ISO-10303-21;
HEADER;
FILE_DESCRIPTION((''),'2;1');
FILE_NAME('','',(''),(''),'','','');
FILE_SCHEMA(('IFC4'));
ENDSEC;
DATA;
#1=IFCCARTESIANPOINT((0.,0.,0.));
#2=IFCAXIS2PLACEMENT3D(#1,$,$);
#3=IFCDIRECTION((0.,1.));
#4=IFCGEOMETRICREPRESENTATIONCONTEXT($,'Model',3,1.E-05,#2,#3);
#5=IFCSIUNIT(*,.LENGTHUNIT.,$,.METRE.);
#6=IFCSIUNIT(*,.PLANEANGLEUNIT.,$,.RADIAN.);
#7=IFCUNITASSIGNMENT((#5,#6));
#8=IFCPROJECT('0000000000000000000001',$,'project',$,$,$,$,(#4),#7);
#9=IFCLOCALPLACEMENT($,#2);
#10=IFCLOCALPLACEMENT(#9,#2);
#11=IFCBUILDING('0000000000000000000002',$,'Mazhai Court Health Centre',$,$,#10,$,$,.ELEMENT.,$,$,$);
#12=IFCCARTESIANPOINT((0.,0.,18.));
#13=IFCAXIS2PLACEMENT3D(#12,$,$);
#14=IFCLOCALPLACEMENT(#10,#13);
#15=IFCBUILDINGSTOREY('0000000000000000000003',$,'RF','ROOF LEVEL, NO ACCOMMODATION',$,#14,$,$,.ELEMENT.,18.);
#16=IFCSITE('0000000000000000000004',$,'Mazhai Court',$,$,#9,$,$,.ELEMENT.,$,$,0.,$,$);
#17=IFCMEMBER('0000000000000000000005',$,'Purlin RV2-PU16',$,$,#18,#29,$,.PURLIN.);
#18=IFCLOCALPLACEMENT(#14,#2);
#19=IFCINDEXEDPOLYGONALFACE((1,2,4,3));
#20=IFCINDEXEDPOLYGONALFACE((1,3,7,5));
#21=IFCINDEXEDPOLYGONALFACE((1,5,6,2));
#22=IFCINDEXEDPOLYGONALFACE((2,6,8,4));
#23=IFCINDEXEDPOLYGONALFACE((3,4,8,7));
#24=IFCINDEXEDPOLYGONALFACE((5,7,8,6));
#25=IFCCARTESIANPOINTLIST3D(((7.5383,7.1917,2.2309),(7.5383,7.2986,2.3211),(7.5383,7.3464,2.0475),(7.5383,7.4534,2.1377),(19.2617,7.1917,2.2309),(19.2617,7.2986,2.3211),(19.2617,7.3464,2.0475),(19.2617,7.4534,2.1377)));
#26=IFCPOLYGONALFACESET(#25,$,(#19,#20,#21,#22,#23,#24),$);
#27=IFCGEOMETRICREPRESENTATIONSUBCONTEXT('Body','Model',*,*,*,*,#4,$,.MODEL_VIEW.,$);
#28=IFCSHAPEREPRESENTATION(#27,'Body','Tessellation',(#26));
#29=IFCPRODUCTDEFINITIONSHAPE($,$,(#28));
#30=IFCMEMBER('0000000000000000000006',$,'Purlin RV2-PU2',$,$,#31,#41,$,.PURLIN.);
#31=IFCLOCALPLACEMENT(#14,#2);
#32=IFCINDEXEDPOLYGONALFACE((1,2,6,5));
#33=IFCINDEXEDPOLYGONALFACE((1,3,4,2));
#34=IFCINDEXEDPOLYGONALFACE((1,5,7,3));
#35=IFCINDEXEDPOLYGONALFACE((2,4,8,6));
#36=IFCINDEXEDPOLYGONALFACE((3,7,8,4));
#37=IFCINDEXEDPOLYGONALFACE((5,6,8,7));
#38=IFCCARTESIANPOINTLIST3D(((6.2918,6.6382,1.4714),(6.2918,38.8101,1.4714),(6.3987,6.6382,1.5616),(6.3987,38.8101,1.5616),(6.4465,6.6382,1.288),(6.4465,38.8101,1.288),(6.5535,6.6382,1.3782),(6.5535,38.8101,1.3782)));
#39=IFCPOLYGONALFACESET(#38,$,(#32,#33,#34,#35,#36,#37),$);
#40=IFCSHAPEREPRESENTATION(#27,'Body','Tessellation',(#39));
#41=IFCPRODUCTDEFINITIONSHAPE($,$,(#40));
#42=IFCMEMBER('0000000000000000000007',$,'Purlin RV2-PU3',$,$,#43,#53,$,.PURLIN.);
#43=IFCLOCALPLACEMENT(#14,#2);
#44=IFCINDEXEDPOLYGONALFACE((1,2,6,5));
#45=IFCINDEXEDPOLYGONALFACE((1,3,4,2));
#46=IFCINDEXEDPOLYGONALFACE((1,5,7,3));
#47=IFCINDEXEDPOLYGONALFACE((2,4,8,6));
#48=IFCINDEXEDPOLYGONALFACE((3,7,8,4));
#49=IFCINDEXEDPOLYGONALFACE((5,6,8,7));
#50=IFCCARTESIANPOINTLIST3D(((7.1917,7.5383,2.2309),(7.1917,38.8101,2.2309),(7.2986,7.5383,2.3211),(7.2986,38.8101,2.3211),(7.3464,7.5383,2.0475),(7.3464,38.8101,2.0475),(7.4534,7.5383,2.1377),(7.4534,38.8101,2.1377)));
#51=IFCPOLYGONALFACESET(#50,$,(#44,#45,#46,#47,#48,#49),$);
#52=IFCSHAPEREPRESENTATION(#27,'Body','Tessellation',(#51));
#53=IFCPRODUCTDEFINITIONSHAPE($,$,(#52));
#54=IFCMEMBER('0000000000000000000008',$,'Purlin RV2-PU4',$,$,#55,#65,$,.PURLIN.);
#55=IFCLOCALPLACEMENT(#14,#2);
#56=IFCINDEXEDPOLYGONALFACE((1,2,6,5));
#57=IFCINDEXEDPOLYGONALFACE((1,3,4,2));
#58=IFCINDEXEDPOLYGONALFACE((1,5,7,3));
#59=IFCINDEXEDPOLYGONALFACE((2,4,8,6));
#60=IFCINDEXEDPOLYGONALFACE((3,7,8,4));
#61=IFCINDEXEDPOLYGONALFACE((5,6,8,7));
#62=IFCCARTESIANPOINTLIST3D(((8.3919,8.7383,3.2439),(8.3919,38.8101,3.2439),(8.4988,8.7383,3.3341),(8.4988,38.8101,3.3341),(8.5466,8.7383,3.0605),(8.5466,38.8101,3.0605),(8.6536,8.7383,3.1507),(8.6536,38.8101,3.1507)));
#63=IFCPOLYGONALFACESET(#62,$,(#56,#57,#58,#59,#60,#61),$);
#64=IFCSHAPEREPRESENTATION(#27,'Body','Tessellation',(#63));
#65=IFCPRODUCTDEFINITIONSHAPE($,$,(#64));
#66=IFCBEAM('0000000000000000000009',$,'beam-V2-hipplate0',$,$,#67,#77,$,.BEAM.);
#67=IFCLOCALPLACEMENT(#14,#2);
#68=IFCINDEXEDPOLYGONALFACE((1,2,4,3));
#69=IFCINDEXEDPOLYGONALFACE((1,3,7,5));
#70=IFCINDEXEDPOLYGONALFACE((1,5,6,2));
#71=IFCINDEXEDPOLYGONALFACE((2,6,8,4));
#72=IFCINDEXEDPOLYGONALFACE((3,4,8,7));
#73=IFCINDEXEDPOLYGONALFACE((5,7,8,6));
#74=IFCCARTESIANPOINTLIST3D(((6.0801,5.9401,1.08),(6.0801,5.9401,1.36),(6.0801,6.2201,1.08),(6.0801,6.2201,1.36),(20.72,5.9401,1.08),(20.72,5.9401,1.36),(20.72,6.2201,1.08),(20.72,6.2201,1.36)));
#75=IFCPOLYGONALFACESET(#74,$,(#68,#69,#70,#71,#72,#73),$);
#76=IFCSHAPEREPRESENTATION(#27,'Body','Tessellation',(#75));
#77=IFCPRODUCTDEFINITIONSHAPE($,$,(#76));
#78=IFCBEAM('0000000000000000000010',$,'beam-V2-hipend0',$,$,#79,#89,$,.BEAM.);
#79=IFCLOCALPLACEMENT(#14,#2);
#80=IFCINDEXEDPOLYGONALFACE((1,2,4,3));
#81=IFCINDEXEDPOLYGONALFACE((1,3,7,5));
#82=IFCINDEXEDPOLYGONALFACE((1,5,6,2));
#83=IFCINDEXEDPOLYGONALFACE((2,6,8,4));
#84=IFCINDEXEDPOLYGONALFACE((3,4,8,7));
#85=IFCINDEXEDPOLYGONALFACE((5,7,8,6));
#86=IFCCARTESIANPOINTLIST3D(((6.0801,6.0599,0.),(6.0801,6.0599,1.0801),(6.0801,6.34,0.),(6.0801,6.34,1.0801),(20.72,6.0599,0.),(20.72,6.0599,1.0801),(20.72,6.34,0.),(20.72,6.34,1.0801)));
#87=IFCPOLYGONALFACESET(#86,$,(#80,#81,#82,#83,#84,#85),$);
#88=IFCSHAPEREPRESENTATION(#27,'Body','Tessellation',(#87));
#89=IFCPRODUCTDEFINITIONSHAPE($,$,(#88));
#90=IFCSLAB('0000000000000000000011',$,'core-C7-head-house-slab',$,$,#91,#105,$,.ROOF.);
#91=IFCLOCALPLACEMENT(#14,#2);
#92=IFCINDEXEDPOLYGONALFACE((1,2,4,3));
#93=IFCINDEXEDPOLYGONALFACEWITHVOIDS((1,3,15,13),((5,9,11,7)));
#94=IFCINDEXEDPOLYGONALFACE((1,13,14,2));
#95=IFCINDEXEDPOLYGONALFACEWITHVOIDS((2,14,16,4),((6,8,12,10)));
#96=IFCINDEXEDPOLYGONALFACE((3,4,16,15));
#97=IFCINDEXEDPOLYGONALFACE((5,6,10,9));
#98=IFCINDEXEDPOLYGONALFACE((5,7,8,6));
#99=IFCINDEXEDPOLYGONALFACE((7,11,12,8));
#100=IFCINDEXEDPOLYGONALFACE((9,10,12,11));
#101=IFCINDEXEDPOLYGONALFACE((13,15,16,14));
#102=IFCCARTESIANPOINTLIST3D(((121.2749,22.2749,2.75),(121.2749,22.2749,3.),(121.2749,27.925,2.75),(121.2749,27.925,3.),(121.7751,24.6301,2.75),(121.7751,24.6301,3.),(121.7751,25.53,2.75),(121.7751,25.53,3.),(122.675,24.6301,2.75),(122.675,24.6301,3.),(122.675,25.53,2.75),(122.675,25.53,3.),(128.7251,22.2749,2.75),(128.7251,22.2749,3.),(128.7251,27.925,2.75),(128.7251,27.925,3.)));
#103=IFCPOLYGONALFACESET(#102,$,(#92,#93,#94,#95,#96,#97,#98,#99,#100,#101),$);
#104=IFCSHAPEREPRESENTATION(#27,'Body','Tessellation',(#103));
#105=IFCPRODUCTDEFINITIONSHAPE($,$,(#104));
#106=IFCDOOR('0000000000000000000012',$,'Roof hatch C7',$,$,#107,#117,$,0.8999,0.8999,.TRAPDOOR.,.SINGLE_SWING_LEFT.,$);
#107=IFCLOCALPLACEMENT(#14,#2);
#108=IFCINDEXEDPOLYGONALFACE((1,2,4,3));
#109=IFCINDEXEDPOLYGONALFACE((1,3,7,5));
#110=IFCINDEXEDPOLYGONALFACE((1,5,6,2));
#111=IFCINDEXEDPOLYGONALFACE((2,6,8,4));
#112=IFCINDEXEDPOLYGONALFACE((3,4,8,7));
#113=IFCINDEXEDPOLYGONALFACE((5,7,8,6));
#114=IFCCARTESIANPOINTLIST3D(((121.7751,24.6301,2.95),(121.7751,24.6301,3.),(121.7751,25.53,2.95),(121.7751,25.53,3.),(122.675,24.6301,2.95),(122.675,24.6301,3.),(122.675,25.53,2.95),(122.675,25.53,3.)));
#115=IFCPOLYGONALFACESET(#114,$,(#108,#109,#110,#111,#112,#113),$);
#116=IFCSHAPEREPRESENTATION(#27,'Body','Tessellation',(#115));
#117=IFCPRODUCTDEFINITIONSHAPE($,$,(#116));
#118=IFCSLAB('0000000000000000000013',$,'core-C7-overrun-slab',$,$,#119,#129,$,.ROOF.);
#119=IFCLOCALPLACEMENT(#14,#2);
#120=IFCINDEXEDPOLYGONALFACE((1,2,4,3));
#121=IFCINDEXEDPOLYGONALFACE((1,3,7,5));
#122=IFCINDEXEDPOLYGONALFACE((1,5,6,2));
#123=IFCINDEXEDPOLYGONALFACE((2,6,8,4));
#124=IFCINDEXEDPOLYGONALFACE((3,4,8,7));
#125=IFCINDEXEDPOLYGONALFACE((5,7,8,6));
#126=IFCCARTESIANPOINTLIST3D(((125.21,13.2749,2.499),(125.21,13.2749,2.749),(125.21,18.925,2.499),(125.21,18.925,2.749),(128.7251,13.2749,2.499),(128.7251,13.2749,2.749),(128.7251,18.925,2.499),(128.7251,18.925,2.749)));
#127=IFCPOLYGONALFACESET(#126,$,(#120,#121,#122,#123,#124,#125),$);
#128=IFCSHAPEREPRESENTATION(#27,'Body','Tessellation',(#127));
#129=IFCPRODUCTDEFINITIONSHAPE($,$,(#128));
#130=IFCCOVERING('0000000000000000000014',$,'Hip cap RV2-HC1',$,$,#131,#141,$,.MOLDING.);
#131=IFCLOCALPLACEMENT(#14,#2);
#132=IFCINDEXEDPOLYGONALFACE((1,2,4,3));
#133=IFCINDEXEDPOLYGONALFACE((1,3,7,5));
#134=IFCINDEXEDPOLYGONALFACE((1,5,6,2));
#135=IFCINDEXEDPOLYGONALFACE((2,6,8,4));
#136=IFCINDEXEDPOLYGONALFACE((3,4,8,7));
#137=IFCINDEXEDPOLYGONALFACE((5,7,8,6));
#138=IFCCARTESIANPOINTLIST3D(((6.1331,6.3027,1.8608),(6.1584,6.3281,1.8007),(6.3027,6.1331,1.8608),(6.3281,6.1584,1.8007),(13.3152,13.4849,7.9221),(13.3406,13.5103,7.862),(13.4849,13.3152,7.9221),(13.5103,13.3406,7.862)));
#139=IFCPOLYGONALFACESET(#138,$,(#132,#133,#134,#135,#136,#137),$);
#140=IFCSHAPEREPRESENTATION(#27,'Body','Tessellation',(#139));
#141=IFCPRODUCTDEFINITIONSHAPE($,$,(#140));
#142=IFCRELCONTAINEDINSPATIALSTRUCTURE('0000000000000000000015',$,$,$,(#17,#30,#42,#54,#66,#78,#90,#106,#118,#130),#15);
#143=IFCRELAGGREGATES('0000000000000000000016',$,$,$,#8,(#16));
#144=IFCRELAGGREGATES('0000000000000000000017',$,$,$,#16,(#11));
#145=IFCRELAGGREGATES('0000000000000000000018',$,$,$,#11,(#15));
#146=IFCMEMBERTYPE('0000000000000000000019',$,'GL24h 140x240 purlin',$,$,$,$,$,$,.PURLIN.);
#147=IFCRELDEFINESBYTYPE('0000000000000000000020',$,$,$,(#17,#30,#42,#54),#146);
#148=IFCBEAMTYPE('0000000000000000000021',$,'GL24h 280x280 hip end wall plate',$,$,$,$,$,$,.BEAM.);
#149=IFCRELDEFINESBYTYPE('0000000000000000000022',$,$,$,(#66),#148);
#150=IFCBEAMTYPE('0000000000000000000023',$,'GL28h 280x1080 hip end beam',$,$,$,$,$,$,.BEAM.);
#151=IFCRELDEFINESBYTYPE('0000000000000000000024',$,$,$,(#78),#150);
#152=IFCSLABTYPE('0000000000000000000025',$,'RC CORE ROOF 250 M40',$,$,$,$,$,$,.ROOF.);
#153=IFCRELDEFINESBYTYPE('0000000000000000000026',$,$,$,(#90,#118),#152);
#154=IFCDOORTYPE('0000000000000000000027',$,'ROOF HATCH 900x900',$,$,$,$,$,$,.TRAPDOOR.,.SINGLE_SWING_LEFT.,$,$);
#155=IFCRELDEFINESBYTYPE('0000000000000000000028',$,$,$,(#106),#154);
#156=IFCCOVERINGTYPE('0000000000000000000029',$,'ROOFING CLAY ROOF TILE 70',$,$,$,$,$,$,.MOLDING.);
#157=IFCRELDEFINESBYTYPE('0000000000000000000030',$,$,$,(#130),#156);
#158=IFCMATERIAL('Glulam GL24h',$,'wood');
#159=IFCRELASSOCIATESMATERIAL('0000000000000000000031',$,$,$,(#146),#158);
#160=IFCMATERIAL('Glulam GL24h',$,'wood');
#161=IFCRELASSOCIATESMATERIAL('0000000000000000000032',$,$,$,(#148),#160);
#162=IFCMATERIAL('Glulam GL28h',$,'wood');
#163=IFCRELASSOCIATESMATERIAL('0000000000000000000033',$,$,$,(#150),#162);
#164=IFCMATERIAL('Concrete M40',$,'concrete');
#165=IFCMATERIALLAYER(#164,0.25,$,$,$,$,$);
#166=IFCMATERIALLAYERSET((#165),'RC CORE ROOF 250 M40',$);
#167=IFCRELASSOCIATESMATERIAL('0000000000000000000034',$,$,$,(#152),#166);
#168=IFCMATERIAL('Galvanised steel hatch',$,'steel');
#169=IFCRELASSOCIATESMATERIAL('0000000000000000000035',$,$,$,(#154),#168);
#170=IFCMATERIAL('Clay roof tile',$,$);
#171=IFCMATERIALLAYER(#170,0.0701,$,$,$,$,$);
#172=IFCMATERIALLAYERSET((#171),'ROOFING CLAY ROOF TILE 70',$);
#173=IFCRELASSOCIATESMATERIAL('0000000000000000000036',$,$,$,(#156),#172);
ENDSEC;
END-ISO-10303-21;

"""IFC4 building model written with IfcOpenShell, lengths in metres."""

from ifc_helpers import new_model, si_unit, direction, frame, origin, origin_2d, place, context, subcontext, project, spatial, polyline, rectangle, outline, extrude, material, layer, layer_set, material_profile, profile_set, type_object, element, fill, save


model = new_model("IFC4")

# Units and contexts
model_context = context("Model", 3, precision=1e-05, world=origin(), true_north=direction((0.0, 1.0)))
body_context = subcontext(model_context, "Body", "Model", "MODEL_VIEW")
ifc_project = project(units=[si_unit("LENGTHUNIT", "METRE"), si_unit("PLANEANGLEUNIT", "RADIAN")], contexts=[model_context])

# Site, building, storey
site_placement = place(None, origin())
site = spatial("IfcSite", under=ifc_project, at=site_placement, Name="Mazhai Court", CompositionType="ELEMENT", RefElevation=0.0)
building_placement = place(site_placement, origin())
building = spatial("IfcBuilding", under=site, at=building_placement, Name="Mazhai Court Health Centre", CompositionType="ELEMENT")
storey_placement = place(building_placement, frame((0.0, 0.0, 18.0)))
storey = spatial("IfcBuildingStorey", under=building, at=storey_placement, Name="RF", Description="ROOF LEVEL, NO ACCOMMODATION", CompositionType="ELEMENT", Elevation=18.0)

# Members
ifc_material_1 = material(Name="Glulam GL24h", Category="wood")
ifc_material_profile_1 = material_profile(ifc_material_1, rectangle(XDim=0.1399, YDim=0.24, at=origin_2d()), Name="GL24h 140x240")
ifc_profile_set_1 = profile_set([ifc_material_profile_1], Name="Glulam GL24h")
member_type_1 = type_object("IfcMemberType", Name="GL24h 140x240 purlin", PredefinedType="PURLIN", material=ifc_profile_set_1)
member_1_placement = place(storey_placement, frame((7.5383, 7.3225, 2.1843), z_axis=(1.0, 0.0, 0.0), x_axis=(0.0, 0.76422, 0.644955)))
element("IfcMember", 1, at=member_1_placement, inside=storey, type_object=member_type_1, Name="Purlin RV2-PU16", PredefinedType="PURLIN", context=body_context, shape_type="SweptSolid", body=[
    extrude(rectangle(XDim=0.1399, YDim=0.24, at=origin_2d()), origin(), (0.0, 0.0, 1.0), 11.7234),
])
member_2_placement = place(storey_placement, frame((6.4226, 6.6382, 1.4248), z_axis=(0.0, 1.0, 0.0), x_axis=(-0.76422, 0.0, -0.644955)))
element("IfcMember", 2, at=member_2_placement, inside=storey, type_object=member_type_1, Name="Purlin RV2-PU2", PredefinedType="PURLIN", context=body_context, shape_type="SweptSolid", body=[
    extrude(rectangle(XDim=0.1399, YDim=0.24, at=origin_2d()), origin(), (0.0, 0.0, 1.0), 32.1719),
])
member_3_placement = place(storey_placement, frame((7.3225, 7.5383, 2.1843), z_axis=(0.0, 1.0, 0.0), x_axis=(-0.76422, 0.0, -0.644955)))
element("IfcMember", 3, at=member_3_placement, inside=storey, type_object=member_type_1, Name="Purlin RV2-PU3", PredefinedType="PURLIN", context=body_context, shape_type="SweptSolid", body=[
    extrude(rectangle(XDim=0.1399, YDim=0.24, at=origin_2d()), origin(), (0.0, 0.0, 1.0), 31.2717),
])
member_4_placement = place(storey_placement, frame((8.5227, 8.7383, 3.1973), z_axis=(0.0, 1.0, 0.0), x_axis=(-0.76422, 0.0, -0.644955)))
element("IfcMember", 4, at=member_4_placement, inside=storey, type_object=member_type_1, Name="Purlin RV2-PU4", PredefinedType="PURLIN", context=body_context, shape_type="SweptSolid", body=[
    extrude(rectangle(XDim=0.1399, YDim=0.24, at=origin_2d()), origin(), (0.0, 0.0, 1.0), 30.0718),
])

# Beams
ifc_material_2 = material(Name="Glulam GL24h", Category="wood")
ifc_material_profile_2 = material_profile(ifc_material_2, rectangle(XDim=0.28, YDim=0.28, at=origin_2d()), Name="GL24h 280x280")
ifc_profile_set_2 = profile_set([ifc_material_profile_2], Name="Glulam GL24h")
beam_type_1 = type_object("IfcBeamType", Name="GL24h 280x280 hip end wall plate", PredefinedType="BEAM", material=ifc_profile_set_2)
beam_1_placement = place(storey_placement, frame((6.0801, 6.0801, 1.22), z_axis=(1.0, 0.0, 0.0), x_axis=(0.0, 1.0, 0.0)))
element("IfcBeam", 5, at=beam_1_placement, inside=storey, type_object=beam_type_1, Name="beam-V2-hipplate0", PredefinedType="BEAM", context=body_context, shape_type="SweptSolid", body=[
    extrude(rectangle(XDim=0.28, YDim=0.28, at=origin_2d()), origin(), (0.0, 0.0, 1.0), 14.6399),
])
ifc_material_3 = material(Name="Glulam GL28h", Category="wood")
ifc_material_profile_3 = material_profile(ifc_material_3, rectangle(XDim=0.28, YDim=1.0801, at=origin_2d()), Name="GL28h 280x1080")
ifc_profile_set_3 = profile_set([ifc_material_profile_3], Name="Glulam GL28h")
beam_type_2 = type_object("IfcBeamType", Name="GL28h 280x1080 hip end beam", PredefinedType="BEAM", material=ifc_profile_set_3)
beam_2_placement = place(storey_placement, frame((6.0801, 6.2, 0.54), z_axis=(1.0, 0.0, 0.0), x_axis=(0.0, 1.0, 0.0)))
element("IfcBeam", 6, at=beam_2_placement, inside=storey, type_object=beam_type_2, Name="beam-V2-hipend0", PredefinedType="BEAM", context=body_context, shape_type="SweptSolid", body=[
    extrude(rectangle(XDim=0.28, YDim=1.0801, at=origin_2d()), origin(), (0.0, 0.0, 1.0), 14.6399),
])

# Slab, opening, door
ifc_material_4 = material(Name="Concrete M40", Category="concrete")
ifc_layer_1 = layer(ifc_material_4, 0.25)
ifc_layer_set_1 = layer_set([ifc_layer_1], Name="RC CORE ROOF 250 M40")
slab_type = type_object("IfcSlabType", Name="RC CORE ROOF 250 M40", PredefinedType="ROOF", material=ifc_layer_set_1)
slab_1_placement = place(storey_placement, frame((0.0, 0.0, 2.75)))
slab_1 = element("IfcSlab", 7, at=slab_1_placement, inside=storey, type_object=slab_type, Name="core-C7-head-house-slab", PredefinedType="ROOF", context=body_context, shape_type="SweptSolid", body=[
    extrude(outline(polyline([(121.2749, 22.2749), (128.7251, 22.2749), (128.7251, 27.925), (121.2749, 27.925), (121.2749, 22.2749)])), origin(), (0.0, 0.0, 1.0), 0.25),
])
opening_placement = place(slab_1_placement, frame((122.2251, 25.0801, 0.0)))
opening = element("IfcOpeningElement", 8, at=opening_placement, cuts=slab_1, PredefinedType="OPENING", context=body_context, shape_type="SweptSolid", body=[
    extrude(rectangle(XDim=0.8999, YDim=0.8999, at=origin_2d()), origin(), (0.0, 0.0, 1.0), 0.25),
])
ifc_material_5 = material(Name="Galvanised steel hatch", Category="steel")
door_type = type_object("IfcDoorType", Name="ROOF HATCH 900x900", OperationType="SINGLE_SWING_LEFT", PredefinedType="TRAPDOOR", material=ifc_material_5)
door_placement = place(opening_placement, frame((0.0, 0.0, 0.2)))
door = element("IfcDoor", 9, at=door_placement, inside=storey, type_object=door_type, Name="Roof hatch C7", OperationType="SINGLE_SWING_LEFT", OverallHeight=0.8999, OverallWidth=0.8999, PredefinedType="TRAPDOOR", context=body_context, shape_type="SweptSolid", body=[
    extrude(rectangle(XDim=0.8999, YDim=0.8999, at=origin_2d()), origin(), (0.0, 0.0, 1.0), 0.05),
])
fill(opening, door)

# Slab
slab_2_placement = place(storey_placement, frame((0.0, 0.0, 2.499)))
element("IfcSlab", 10, at=slab_2_placement, inside=storey, type_object=slab_type, Name="core-C7-overrun-slab", PredefinedType="ROOF", context=body_context, shape_type="SweptSolid", body=[
    extrude(outline(polyline([(125.21, 13.2749), (128.7251, 13.2749), (128.7251, 18.925), (125.21, 18.925), (125.21, 13.2749)])), origin(), (0.0, 0.0, 1.0), 0.25),
])

# Covering
ifc_material_6 = material(Name="Clay roof tile")
ifc_layer_2 = layer(ifc_material_6, 0.0701)
ifc_layer_set_2 = layer_set([ifc_layer_2], Name="ROOFING CLAY ROOF TILE 70")
covering_type = type_object("IfcCoveringType", Name="ROOFING CLAY ROOF TILE 70", PredefinedType="MOLDING", material=ifc_layer_set_2)
covering_placement = place(storey_placement, frame((6.3027, 6.1331, 1.8608), z_axis=(-0.362354, -0.362354, 0.85872), x_axis=(0.607207, 0.607207, 0.512445)))
element("IfcCovering", 11, at=covering_placement, inside=storey, type_object=covering_type, Name="Hip cap RV2-HC1", PredefinedType="MOLDING", context=body_context, shape_type="SweptSolid", body=[
    extrude(outline(polyline([(0.0, 0.0), (11.8281, 0.0), (11.8281, 0.24), (0.0, 0.24), (0.0, 0.0)])), origin(), (0.0, 0.0, -1.0), 0.0701),
])

save(model, "model.ifc")
